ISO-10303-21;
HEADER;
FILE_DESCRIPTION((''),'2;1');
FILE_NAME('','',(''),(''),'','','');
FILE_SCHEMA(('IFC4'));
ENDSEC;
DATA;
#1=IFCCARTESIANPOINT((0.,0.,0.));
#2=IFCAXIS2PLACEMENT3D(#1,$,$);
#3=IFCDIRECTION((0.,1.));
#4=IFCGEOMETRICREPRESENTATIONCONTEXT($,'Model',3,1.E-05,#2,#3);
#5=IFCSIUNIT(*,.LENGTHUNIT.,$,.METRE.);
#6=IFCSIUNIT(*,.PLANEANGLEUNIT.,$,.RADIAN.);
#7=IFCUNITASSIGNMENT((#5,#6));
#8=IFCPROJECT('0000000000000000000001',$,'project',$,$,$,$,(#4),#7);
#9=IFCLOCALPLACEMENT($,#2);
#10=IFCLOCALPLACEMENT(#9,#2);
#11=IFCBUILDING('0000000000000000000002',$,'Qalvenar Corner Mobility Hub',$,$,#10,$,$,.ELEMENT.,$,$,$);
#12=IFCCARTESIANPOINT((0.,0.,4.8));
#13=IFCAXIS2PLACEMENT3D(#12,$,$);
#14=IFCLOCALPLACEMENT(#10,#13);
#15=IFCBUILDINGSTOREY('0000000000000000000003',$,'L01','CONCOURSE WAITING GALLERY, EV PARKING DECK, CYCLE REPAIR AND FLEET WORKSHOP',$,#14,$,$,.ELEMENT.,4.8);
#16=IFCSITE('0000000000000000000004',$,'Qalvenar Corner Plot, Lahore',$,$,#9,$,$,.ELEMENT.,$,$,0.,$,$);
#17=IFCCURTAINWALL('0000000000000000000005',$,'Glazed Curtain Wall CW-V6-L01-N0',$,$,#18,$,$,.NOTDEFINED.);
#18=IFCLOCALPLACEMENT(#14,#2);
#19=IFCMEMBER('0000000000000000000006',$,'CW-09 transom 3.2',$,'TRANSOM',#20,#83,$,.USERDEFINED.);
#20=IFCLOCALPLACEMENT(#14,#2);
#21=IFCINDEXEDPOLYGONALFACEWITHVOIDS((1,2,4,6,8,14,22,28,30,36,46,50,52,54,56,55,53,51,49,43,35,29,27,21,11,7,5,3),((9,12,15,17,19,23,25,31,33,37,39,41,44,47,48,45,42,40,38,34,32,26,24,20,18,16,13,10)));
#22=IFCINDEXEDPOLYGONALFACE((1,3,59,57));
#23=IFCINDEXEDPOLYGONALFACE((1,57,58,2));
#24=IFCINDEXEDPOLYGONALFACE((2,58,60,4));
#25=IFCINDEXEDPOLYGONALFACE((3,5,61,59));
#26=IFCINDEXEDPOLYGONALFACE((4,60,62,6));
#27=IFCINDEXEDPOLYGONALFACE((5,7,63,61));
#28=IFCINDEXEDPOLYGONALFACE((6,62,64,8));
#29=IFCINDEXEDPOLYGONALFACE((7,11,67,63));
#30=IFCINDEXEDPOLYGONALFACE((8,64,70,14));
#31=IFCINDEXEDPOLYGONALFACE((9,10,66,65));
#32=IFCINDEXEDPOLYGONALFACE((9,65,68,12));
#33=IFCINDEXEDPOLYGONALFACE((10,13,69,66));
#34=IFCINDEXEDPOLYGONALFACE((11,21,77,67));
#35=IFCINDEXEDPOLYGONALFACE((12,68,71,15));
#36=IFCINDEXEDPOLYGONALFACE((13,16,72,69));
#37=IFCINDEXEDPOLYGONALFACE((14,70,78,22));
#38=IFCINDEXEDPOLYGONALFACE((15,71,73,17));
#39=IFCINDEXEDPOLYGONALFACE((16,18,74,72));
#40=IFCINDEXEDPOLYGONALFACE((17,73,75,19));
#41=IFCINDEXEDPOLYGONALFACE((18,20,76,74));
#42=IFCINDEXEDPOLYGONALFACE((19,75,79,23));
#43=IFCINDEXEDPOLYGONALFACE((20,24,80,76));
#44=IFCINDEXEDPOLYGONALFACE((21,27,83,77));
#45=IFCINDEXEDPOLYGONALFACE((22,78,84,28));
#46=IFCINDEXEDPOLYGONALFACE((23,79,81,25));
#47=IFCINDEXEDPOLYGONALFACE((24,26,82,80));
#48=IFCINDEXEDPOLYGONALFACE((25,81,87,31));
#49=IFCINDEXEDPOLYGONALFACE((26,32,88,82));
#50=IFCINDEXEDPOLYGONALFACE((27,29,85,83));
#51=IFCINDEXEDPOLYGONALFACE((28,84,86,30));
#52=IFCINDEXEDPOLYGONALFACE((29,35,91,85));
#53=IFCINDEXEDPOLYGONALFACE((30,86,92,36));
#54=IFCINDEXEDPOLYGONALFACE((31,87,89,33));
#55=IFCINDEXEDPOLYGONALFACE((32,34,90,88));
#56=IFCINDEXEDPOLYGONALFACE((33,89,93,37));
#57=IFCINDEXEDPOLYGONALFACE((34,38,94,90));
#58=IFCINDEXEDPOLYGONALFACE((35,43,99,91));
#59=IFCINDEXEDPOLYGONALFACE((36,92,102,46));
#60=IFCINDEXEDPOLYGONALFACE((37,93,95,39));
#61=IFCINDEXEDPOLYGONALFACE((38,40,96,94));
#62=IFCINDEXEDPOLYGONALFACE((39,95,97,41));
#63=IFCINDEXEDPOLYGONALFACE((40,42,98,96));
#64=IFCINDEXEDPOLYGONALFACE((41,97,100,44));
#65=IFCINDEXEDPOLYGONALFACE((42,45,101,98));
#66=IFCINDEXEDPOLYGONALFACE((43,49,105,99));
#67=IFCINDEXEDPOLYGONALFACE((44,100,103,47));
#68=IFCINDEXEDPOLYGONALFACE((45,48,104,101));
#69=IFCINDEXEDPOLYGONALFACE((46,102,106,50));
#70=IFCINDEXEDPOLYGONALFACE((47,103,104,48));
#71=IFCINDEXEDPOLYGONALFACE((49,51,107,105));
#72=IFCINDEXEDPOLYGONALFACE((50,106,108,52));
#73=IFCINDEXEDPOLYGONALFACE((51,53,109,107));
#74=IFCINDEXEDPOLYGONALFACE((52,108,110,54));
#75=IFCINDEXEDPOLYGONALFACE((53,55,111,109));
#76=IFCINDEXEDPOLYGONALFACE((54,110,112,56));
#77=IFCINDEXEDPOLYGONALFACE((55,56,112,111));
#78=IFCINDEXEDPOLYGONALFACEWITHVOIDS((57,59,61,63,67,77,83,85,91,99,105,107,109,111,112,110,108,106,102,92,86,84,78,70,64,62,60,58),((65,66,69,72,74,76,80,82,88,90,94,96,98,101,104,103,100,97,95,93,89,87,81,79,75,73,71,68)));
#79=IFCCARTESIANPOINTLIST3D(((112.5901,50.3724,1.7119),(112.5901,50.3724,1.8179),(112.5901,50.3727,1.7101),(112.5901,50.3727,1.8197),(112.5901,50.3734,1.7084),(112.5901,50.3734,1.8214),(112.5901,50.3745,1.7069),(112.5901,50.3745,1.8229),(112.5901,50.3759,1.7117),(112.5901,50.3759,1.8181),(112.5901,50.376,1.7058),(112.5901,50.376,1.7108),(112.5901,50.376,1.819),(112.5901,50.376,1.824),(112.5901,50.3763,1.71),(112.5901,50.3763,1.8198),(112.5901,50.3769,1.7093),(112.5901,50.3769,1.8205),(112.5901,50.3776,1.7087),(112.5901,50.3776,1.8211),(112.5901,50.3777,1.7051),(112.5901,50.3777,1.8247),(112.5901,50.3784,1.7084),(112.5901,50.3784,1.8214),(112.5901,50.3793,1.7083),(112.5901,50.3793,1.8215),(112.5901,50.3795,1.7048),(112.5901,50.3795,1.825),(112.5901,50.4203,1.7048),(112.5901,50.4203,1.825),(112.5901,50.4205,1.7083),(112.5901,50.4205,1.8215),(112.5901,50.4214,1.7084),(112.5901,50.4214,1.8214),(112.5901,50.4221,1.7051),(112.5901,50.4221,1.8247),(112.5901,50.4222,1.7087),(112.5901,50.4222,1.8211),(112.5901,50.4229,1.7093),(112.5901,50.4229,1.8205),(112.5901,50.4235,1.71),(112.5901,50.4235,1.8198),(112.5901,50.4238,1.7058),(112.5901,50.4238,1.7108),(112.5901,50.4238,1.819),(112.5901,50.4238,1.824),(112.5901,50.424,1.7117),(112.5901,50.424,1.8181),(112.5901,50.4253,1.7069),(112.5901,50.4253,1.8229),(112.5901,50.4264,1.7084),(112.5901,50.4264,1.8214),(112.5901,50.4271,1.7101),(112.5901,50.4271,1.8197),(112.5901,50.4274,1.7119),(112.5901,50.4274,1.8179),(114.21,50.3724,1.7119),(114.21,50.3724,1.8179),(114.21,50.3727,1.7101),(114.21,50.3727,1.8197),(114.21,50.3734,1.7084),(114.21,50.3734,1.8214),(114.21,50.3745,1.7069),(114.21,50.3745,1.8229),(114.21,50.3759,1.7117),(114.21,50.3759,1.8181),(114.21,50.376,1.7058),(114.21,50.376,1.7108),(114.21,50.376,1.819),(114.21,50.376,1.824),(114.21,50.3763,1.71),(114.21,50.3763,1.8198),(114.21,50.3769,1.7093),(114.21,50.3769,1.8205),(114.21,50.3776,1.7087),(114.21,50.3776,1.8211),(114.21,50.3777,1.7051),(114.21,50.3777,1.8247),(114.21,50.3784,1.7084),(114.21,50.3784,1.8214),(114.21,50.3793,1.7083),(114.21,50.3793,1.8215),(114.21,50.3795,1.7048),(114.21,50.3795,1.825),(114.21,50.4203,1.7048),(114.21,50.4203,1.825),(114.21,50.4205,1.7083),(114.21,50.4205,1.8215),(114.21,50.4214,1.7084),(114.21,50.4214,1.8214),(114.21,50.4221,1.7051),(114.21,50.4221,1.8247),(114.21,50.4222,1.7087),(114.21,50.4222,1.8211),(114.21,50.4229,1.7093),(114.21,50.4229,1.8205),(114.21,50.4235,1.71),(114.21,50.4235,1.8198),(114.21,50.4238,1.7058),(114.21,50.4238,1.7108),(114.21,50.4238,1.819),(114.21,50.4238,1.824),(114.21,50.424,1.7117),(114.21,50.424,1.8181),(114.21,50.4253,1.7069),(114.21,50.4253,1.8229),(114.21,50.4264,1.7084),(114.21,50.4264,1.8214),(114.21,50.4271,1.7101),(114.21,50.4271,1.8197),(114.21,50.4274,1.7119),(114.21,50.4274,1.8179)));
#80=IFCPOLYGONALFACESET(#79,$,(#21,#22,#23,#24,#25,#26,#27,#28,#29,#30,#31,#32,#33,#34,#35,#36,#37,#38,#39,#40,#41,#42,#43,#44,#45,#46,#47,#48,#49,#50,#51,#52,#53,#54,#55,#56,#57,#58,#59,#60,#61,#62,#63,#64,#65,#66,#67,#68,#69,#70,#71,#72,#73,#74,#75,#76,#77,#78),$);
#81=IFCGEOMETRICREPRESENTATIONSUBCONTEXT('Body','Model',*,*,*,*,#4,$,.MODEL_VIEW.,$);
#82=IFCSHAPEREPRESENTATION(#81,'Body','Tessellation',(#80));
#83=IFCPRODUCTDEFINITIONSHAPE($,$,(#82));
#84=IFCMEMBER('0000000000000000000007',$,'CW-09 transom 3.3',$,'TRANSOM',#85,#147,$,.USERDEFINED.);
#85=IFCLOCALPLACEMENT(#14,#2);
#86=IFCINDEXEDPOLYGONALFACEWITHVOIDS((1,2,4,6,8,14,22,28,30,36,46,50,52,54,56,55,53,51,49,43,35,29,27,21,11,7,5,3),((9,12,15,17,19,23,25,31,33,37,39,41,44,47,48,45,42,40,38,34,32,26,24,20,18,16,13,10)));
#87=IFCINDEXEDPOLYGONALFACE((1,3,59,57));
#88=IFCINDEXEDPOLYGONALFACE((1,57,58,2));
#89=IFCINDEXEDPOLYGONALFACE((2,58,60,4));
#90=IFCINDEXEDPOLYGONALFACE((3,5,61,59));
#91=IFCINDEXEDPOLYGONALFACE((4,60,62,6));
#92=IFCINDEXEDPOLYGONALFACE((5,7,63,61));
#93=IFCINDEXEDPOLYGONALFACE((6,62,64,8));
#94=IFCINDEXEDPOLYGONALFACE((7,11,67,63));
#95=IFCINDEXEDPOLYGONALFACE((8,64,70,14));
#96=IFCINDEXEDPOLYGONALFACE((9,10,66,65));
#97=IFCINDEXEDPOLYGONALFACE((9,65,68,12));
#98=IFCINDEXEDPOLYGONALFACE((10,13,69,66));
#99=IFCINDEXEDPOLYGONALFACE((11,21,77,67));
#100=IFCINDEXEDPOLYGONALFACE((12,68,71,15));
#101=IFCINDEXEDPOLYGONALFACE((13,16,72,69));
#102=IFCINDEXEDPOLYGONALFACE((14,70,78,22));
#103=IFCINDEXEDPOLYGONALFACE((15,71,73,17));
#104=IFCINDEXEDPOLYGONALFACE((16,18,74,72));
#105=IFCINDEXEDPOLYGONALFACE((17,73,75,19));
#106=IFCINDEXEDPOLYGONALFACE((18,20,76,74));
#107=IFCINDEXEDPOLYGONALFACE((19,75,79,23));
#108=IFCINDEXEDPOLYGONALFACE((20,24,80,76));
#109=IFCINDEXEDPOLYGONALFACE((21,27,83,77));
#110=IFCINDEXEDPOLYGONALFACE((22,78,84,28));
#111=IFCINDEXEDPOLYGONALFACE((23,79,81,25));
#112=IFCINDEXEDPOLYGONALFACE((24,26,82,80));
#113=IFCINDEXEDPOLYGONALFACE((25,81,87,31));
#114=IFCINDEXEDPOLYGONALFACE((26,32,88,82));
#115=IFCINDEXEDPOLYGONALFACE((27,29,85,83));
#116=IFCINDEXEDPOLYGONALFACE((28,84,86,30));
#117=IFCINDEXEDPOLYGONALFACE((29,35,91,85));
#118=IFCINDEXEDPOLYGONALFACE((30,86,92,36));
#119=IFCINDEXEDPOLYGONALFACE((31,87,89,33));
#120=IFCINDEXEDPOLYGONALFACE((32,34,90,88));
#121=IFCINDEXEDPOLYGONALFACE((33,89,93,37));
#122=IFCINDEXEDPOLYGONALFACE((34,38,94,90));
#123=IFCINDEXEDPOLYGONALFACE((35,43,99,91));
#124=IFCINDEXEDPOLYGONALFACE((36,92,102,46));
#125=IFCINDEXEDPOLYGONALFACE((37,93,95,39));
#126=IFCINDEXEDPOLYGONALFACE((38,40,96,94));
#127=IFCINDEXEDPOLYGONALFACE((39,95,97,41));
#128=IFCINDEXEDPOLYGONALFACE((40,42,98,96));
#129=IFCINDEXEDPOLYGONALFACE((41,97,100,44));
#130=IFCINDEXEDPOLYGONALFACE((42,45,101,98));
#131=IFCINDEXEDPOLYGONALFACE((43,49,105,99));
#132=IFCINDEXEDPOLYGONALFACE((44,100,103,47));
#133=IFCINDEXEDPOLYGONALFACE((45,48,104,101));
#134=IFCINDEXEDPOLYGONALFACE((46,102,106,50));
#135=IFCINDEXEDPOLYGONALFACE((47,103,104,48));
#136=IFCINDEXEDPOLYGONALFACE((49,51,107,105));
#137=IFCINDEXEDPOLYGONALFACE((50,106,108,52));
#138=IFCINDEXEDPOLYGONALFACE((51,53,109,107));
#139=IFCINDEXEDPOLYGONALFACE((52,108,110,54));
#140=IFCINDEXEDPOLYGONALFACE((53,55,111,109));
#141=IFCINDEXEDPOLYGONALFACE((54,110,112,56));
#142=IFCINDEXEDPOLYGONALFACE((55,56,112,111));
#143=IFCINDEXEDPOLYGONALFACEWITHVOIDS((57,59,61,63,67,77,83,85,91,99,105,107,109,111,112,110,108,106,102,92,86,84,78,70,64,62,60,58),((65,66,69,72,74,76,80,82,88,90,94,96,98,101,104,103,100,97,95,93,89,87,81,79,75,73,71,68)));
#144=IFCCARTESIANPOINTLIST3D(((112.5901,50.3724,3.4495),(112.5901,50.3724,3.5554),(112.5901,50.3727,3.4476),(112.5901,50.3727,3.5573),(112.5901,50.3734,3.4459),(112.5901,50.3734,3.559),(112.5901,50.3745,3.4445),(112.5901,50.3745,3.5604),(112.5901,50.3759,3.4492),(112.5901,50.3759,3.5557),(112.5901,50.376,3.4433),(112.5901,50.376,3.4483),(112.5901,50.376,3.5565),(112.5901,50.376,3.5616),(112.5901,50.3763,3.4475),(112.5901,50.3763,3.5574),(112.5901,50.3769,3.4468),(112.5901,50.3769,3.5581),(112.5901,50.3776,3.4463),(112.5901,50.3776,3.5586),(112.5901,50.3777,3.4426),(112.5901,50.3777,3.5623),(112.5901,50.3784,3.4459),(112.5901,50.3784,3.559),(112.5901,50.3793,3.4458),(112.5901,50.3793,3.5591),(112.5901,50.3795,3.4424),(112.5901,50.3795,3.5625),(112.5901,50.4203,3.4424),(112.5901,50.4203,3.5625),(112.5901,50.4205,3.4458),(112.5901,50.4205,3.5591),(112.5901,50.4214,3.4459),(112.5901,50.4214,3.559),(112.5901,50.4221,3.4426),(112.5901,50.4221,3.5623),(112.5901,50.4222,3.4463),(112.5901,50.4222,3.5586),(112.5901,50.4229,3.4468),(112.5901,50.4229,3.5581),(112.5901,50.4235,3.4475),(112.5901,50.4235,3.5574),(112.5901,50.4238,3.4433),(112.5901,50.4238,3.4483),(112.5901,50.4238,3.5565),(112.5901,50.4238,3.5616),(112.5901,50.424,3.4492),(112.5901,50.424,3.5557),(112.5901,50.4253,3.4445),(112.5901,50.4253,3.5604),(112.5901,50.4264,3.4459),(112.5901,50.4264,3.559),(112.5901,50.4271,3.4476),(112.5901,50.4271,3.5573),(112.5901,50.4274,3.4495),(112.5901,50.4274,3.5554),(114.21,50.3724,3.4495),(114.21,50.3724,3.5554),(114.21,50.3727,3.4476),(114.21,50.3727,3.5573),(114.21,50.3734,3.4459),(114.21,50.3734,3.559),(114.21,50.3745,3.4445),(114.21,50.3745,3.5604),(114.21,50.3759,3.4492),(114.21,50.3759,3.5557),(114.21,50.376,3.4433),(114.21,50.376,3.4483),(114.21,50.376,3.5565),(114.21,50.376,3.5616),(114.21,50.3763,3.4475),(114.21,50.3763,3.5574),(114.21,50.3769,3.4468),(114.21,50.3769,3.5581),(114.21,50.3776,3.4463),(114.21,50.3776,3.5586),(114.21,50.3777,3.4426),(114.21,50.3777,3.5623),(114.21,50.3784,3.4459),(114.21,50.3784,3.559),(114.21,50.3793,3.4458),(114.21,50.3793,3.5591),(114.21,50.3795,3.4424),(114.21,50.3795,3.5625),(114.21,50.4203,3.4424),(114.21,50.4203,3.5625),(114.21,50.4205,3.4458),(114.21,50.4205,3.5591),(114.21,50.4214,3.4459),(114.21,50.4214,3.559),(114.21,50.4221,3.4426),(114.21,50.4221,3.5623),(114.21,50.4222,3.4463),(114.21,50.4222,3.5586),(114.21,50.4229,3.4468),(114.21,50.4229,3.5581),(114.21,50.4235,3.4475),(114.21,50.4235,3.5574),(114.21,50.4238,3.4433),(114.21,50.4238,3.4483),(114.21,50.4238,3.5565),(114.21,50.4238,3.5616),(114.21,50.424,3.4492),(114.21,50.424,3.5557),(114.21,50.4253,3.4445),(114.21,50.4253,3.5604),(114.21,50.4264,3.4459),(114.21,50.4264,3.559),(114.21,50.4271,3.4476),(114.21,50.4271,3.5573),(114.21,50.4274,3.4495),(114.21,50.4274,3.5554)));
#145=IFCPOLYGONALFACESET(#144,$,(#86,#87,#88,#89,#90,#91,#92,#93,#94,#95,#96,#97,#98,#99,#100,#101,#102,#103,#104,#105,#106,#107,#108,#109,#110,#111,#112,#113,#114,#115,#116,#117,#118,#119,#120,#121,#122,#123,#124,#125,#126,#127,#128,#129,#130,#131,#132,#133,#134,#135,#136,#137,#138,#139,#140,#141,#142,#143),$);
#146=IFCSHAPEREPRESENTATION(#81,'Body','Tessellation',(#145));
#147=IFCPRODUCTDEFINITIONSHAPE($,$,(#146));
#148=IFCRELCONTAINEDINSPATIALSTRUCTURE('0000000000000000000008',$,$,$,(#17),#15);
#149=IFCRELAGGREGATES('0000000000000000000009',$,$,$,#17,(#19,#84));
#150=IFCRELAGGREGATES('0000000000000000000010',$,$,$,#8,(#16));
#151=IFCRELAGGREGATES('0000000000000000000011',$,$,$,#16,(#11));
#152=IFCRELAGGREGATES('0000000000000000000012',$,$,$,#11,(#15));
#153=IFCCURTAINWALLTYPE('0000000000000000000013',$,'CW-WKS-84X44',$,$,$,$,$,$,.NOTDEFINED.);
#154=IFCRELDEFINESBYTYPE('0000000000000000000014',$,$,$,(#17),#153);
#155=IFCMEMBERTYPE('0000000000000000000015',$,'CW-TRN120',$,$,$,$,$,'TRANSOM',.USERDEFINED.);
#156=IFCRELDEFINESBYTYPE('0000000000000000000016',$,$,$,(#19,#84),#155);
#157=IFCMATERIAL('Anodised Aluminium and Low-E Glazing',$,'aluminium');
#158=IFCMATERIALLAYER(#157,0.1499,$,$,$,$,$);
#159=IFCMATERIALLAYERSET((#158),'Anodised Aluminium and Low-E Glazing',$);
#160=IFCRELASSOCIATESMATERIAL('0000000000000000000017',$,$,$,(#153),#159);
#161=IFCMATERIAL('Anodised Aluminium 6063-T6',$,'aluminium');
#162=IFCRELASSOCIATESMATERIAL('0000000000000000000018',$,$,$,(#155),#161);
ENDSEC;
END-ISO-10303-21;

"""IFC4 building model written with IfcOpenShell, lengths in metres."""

from ifc_helpers import new_model, si_unit, direction, frame, origin, origin_2d, place, context, subcontext, project, spatial, hollow_rectangle, extrude, material, layer, layer_set, material_profile, profile_set, type_object, element, aggregate, save


model = new_model("IFC4")

# Units and contexts
model_context = context("Model", 3, precision=1e-05, world=origin(), true_north=direction((0.0, 1.0)))
body_context = subcontext(model_context, "Body", "Model", "MODEL_VIEW")
ifc_project = project(units=[si_unit("LENGTHUNIT", "METRE"), si_unit("PLANEANGLEUNIT", "RADIAN")], contexts=[model_context])

# Site, building, storey
site_placement = place(None, origin())
site = spatial("IfcSite", under=ifc_project, at=site_placement, Name="Qalvenar Corner Plot, Lahore", CompositionType="ELEMENT", RefElevation=0.0)
building_placement = place(site_placement, origin())
building = spatial("IfcBuilding", under=site, at=building_placement, Name="Qalvenar Corner Mobility Hub", CompositionType="ELEMENT")
storey_placement = place(building_placement, frame((0.0, 0.0, 4.8)))
storey = spatial("IfcBuildingStorey", under=building, at=storey_placement, Name="L01", Description="CONCOURSE WAITING GALLERY, EV PARKING DECK, CYCLE REPAIR AND FLEET WORKSHOP", CompositionType="ELEMENT", Elevation=4.8)

# Curtain wall, members
ifc_material_1 = material(Name="Anodised Aluminium and Low-E Glazing", Category="aluminium")
ifc_layer_1 = layer(ifc_material_1, 0.1499)
ifc_layer_set_1 = layer_set([ifc_layer_1], Name="Anodised Aluminium and Low-E Glazing")
curtain_wall_type = type_object("IfcCurtainWallType", Name="CW-WKS-84X44", PredefinedType="NOTDEFINED", material=ifc_layer_set_1)
curtain_wall_placement = place(storey_placement, origin())
curtain_wall = element("IfcCurtainWall", 1, at=curtain_wall_placement, inside=storey, type_object=curtain_wall_type, Name="Glazed Curtain Wall CW-V6-L01-N0", PredefinedType="NOTDEFINED")
ifc_material_2 = material(Name="Anodised Aluminium 6063-T6", Category="aluminium")
ifc_material_profile_1 = material_profile(ifc_material_2, hollow_rectangle(XDim=0.0549, YDim=0.1201, WallThickness=0.0034, InnerFilletRadius=0.0034, OuterFilletRadius=0.0071, at=origin_2d()), Name="RHS120x55x3.5")
ifc_profile_set_1 = profile_set([ifc_material_profile_1], Name="Anodised Aluminium 6063-T6")
member_type_1 = type_object("IfcMemberType", Name="CW-TRN120", ElementType="TRANSOM", PredefinedType="USERDEFINED", material=ifc_profile_set_1)
member_1_placement = place(storey_placement, frame((114.21, 50.3999, 1.7649), z_axis=(-1.0, 0.0, 0.0), x_axis=(0.0, -1.0, 0.0)))
member_1 = element("IfcMember", 2, at=member_1_placement, type_object=member_type_1, Name="CW-09 transom 3.2", ObjectType="TRANSOM", PredefinedType="USERDEFINED", context=body_context, shape_type="SweptSolid", body=[
    extrude(hollow_rectangle(XDim=0.0549, YDim=0.1201, WallThickness=0.0034, InnerFilletRadius=0.0034, OuterFilletRadius=0.0071, at=origin_2d()), origin(), (0.0, 0.0, 1.0), 1.6199),
])
member_2_placement = place(storey_placement, frame((114.21, 50.3999, 3.5024), z_axis=(-1.0, 0.0, 0.0), x_axis=(0.0, -1.0, 0.0)))
member_2 = element("IfcMember", 3, at=member_2_placement, type_object=member_type_1, Name="CW-09 transom 3.3", ObjectType="TRANSOM", PredefinedType="USERDEFINED", context=body_context, shape_type="SweptSolid", body=[
    extrude(hollow_rectangle(XDim=0.0549, YDim=0.1201, WallThickness=0.0034, InnerFilletRadius=0.0034, OuterFilletRadius=0.0071, at=origin_2d()), origin(), (0.0, 0.0, 1.0), 1.6199),
])

aggregate(curtain_wall, [member_1, member_2])

save(model, "model.ifc")
